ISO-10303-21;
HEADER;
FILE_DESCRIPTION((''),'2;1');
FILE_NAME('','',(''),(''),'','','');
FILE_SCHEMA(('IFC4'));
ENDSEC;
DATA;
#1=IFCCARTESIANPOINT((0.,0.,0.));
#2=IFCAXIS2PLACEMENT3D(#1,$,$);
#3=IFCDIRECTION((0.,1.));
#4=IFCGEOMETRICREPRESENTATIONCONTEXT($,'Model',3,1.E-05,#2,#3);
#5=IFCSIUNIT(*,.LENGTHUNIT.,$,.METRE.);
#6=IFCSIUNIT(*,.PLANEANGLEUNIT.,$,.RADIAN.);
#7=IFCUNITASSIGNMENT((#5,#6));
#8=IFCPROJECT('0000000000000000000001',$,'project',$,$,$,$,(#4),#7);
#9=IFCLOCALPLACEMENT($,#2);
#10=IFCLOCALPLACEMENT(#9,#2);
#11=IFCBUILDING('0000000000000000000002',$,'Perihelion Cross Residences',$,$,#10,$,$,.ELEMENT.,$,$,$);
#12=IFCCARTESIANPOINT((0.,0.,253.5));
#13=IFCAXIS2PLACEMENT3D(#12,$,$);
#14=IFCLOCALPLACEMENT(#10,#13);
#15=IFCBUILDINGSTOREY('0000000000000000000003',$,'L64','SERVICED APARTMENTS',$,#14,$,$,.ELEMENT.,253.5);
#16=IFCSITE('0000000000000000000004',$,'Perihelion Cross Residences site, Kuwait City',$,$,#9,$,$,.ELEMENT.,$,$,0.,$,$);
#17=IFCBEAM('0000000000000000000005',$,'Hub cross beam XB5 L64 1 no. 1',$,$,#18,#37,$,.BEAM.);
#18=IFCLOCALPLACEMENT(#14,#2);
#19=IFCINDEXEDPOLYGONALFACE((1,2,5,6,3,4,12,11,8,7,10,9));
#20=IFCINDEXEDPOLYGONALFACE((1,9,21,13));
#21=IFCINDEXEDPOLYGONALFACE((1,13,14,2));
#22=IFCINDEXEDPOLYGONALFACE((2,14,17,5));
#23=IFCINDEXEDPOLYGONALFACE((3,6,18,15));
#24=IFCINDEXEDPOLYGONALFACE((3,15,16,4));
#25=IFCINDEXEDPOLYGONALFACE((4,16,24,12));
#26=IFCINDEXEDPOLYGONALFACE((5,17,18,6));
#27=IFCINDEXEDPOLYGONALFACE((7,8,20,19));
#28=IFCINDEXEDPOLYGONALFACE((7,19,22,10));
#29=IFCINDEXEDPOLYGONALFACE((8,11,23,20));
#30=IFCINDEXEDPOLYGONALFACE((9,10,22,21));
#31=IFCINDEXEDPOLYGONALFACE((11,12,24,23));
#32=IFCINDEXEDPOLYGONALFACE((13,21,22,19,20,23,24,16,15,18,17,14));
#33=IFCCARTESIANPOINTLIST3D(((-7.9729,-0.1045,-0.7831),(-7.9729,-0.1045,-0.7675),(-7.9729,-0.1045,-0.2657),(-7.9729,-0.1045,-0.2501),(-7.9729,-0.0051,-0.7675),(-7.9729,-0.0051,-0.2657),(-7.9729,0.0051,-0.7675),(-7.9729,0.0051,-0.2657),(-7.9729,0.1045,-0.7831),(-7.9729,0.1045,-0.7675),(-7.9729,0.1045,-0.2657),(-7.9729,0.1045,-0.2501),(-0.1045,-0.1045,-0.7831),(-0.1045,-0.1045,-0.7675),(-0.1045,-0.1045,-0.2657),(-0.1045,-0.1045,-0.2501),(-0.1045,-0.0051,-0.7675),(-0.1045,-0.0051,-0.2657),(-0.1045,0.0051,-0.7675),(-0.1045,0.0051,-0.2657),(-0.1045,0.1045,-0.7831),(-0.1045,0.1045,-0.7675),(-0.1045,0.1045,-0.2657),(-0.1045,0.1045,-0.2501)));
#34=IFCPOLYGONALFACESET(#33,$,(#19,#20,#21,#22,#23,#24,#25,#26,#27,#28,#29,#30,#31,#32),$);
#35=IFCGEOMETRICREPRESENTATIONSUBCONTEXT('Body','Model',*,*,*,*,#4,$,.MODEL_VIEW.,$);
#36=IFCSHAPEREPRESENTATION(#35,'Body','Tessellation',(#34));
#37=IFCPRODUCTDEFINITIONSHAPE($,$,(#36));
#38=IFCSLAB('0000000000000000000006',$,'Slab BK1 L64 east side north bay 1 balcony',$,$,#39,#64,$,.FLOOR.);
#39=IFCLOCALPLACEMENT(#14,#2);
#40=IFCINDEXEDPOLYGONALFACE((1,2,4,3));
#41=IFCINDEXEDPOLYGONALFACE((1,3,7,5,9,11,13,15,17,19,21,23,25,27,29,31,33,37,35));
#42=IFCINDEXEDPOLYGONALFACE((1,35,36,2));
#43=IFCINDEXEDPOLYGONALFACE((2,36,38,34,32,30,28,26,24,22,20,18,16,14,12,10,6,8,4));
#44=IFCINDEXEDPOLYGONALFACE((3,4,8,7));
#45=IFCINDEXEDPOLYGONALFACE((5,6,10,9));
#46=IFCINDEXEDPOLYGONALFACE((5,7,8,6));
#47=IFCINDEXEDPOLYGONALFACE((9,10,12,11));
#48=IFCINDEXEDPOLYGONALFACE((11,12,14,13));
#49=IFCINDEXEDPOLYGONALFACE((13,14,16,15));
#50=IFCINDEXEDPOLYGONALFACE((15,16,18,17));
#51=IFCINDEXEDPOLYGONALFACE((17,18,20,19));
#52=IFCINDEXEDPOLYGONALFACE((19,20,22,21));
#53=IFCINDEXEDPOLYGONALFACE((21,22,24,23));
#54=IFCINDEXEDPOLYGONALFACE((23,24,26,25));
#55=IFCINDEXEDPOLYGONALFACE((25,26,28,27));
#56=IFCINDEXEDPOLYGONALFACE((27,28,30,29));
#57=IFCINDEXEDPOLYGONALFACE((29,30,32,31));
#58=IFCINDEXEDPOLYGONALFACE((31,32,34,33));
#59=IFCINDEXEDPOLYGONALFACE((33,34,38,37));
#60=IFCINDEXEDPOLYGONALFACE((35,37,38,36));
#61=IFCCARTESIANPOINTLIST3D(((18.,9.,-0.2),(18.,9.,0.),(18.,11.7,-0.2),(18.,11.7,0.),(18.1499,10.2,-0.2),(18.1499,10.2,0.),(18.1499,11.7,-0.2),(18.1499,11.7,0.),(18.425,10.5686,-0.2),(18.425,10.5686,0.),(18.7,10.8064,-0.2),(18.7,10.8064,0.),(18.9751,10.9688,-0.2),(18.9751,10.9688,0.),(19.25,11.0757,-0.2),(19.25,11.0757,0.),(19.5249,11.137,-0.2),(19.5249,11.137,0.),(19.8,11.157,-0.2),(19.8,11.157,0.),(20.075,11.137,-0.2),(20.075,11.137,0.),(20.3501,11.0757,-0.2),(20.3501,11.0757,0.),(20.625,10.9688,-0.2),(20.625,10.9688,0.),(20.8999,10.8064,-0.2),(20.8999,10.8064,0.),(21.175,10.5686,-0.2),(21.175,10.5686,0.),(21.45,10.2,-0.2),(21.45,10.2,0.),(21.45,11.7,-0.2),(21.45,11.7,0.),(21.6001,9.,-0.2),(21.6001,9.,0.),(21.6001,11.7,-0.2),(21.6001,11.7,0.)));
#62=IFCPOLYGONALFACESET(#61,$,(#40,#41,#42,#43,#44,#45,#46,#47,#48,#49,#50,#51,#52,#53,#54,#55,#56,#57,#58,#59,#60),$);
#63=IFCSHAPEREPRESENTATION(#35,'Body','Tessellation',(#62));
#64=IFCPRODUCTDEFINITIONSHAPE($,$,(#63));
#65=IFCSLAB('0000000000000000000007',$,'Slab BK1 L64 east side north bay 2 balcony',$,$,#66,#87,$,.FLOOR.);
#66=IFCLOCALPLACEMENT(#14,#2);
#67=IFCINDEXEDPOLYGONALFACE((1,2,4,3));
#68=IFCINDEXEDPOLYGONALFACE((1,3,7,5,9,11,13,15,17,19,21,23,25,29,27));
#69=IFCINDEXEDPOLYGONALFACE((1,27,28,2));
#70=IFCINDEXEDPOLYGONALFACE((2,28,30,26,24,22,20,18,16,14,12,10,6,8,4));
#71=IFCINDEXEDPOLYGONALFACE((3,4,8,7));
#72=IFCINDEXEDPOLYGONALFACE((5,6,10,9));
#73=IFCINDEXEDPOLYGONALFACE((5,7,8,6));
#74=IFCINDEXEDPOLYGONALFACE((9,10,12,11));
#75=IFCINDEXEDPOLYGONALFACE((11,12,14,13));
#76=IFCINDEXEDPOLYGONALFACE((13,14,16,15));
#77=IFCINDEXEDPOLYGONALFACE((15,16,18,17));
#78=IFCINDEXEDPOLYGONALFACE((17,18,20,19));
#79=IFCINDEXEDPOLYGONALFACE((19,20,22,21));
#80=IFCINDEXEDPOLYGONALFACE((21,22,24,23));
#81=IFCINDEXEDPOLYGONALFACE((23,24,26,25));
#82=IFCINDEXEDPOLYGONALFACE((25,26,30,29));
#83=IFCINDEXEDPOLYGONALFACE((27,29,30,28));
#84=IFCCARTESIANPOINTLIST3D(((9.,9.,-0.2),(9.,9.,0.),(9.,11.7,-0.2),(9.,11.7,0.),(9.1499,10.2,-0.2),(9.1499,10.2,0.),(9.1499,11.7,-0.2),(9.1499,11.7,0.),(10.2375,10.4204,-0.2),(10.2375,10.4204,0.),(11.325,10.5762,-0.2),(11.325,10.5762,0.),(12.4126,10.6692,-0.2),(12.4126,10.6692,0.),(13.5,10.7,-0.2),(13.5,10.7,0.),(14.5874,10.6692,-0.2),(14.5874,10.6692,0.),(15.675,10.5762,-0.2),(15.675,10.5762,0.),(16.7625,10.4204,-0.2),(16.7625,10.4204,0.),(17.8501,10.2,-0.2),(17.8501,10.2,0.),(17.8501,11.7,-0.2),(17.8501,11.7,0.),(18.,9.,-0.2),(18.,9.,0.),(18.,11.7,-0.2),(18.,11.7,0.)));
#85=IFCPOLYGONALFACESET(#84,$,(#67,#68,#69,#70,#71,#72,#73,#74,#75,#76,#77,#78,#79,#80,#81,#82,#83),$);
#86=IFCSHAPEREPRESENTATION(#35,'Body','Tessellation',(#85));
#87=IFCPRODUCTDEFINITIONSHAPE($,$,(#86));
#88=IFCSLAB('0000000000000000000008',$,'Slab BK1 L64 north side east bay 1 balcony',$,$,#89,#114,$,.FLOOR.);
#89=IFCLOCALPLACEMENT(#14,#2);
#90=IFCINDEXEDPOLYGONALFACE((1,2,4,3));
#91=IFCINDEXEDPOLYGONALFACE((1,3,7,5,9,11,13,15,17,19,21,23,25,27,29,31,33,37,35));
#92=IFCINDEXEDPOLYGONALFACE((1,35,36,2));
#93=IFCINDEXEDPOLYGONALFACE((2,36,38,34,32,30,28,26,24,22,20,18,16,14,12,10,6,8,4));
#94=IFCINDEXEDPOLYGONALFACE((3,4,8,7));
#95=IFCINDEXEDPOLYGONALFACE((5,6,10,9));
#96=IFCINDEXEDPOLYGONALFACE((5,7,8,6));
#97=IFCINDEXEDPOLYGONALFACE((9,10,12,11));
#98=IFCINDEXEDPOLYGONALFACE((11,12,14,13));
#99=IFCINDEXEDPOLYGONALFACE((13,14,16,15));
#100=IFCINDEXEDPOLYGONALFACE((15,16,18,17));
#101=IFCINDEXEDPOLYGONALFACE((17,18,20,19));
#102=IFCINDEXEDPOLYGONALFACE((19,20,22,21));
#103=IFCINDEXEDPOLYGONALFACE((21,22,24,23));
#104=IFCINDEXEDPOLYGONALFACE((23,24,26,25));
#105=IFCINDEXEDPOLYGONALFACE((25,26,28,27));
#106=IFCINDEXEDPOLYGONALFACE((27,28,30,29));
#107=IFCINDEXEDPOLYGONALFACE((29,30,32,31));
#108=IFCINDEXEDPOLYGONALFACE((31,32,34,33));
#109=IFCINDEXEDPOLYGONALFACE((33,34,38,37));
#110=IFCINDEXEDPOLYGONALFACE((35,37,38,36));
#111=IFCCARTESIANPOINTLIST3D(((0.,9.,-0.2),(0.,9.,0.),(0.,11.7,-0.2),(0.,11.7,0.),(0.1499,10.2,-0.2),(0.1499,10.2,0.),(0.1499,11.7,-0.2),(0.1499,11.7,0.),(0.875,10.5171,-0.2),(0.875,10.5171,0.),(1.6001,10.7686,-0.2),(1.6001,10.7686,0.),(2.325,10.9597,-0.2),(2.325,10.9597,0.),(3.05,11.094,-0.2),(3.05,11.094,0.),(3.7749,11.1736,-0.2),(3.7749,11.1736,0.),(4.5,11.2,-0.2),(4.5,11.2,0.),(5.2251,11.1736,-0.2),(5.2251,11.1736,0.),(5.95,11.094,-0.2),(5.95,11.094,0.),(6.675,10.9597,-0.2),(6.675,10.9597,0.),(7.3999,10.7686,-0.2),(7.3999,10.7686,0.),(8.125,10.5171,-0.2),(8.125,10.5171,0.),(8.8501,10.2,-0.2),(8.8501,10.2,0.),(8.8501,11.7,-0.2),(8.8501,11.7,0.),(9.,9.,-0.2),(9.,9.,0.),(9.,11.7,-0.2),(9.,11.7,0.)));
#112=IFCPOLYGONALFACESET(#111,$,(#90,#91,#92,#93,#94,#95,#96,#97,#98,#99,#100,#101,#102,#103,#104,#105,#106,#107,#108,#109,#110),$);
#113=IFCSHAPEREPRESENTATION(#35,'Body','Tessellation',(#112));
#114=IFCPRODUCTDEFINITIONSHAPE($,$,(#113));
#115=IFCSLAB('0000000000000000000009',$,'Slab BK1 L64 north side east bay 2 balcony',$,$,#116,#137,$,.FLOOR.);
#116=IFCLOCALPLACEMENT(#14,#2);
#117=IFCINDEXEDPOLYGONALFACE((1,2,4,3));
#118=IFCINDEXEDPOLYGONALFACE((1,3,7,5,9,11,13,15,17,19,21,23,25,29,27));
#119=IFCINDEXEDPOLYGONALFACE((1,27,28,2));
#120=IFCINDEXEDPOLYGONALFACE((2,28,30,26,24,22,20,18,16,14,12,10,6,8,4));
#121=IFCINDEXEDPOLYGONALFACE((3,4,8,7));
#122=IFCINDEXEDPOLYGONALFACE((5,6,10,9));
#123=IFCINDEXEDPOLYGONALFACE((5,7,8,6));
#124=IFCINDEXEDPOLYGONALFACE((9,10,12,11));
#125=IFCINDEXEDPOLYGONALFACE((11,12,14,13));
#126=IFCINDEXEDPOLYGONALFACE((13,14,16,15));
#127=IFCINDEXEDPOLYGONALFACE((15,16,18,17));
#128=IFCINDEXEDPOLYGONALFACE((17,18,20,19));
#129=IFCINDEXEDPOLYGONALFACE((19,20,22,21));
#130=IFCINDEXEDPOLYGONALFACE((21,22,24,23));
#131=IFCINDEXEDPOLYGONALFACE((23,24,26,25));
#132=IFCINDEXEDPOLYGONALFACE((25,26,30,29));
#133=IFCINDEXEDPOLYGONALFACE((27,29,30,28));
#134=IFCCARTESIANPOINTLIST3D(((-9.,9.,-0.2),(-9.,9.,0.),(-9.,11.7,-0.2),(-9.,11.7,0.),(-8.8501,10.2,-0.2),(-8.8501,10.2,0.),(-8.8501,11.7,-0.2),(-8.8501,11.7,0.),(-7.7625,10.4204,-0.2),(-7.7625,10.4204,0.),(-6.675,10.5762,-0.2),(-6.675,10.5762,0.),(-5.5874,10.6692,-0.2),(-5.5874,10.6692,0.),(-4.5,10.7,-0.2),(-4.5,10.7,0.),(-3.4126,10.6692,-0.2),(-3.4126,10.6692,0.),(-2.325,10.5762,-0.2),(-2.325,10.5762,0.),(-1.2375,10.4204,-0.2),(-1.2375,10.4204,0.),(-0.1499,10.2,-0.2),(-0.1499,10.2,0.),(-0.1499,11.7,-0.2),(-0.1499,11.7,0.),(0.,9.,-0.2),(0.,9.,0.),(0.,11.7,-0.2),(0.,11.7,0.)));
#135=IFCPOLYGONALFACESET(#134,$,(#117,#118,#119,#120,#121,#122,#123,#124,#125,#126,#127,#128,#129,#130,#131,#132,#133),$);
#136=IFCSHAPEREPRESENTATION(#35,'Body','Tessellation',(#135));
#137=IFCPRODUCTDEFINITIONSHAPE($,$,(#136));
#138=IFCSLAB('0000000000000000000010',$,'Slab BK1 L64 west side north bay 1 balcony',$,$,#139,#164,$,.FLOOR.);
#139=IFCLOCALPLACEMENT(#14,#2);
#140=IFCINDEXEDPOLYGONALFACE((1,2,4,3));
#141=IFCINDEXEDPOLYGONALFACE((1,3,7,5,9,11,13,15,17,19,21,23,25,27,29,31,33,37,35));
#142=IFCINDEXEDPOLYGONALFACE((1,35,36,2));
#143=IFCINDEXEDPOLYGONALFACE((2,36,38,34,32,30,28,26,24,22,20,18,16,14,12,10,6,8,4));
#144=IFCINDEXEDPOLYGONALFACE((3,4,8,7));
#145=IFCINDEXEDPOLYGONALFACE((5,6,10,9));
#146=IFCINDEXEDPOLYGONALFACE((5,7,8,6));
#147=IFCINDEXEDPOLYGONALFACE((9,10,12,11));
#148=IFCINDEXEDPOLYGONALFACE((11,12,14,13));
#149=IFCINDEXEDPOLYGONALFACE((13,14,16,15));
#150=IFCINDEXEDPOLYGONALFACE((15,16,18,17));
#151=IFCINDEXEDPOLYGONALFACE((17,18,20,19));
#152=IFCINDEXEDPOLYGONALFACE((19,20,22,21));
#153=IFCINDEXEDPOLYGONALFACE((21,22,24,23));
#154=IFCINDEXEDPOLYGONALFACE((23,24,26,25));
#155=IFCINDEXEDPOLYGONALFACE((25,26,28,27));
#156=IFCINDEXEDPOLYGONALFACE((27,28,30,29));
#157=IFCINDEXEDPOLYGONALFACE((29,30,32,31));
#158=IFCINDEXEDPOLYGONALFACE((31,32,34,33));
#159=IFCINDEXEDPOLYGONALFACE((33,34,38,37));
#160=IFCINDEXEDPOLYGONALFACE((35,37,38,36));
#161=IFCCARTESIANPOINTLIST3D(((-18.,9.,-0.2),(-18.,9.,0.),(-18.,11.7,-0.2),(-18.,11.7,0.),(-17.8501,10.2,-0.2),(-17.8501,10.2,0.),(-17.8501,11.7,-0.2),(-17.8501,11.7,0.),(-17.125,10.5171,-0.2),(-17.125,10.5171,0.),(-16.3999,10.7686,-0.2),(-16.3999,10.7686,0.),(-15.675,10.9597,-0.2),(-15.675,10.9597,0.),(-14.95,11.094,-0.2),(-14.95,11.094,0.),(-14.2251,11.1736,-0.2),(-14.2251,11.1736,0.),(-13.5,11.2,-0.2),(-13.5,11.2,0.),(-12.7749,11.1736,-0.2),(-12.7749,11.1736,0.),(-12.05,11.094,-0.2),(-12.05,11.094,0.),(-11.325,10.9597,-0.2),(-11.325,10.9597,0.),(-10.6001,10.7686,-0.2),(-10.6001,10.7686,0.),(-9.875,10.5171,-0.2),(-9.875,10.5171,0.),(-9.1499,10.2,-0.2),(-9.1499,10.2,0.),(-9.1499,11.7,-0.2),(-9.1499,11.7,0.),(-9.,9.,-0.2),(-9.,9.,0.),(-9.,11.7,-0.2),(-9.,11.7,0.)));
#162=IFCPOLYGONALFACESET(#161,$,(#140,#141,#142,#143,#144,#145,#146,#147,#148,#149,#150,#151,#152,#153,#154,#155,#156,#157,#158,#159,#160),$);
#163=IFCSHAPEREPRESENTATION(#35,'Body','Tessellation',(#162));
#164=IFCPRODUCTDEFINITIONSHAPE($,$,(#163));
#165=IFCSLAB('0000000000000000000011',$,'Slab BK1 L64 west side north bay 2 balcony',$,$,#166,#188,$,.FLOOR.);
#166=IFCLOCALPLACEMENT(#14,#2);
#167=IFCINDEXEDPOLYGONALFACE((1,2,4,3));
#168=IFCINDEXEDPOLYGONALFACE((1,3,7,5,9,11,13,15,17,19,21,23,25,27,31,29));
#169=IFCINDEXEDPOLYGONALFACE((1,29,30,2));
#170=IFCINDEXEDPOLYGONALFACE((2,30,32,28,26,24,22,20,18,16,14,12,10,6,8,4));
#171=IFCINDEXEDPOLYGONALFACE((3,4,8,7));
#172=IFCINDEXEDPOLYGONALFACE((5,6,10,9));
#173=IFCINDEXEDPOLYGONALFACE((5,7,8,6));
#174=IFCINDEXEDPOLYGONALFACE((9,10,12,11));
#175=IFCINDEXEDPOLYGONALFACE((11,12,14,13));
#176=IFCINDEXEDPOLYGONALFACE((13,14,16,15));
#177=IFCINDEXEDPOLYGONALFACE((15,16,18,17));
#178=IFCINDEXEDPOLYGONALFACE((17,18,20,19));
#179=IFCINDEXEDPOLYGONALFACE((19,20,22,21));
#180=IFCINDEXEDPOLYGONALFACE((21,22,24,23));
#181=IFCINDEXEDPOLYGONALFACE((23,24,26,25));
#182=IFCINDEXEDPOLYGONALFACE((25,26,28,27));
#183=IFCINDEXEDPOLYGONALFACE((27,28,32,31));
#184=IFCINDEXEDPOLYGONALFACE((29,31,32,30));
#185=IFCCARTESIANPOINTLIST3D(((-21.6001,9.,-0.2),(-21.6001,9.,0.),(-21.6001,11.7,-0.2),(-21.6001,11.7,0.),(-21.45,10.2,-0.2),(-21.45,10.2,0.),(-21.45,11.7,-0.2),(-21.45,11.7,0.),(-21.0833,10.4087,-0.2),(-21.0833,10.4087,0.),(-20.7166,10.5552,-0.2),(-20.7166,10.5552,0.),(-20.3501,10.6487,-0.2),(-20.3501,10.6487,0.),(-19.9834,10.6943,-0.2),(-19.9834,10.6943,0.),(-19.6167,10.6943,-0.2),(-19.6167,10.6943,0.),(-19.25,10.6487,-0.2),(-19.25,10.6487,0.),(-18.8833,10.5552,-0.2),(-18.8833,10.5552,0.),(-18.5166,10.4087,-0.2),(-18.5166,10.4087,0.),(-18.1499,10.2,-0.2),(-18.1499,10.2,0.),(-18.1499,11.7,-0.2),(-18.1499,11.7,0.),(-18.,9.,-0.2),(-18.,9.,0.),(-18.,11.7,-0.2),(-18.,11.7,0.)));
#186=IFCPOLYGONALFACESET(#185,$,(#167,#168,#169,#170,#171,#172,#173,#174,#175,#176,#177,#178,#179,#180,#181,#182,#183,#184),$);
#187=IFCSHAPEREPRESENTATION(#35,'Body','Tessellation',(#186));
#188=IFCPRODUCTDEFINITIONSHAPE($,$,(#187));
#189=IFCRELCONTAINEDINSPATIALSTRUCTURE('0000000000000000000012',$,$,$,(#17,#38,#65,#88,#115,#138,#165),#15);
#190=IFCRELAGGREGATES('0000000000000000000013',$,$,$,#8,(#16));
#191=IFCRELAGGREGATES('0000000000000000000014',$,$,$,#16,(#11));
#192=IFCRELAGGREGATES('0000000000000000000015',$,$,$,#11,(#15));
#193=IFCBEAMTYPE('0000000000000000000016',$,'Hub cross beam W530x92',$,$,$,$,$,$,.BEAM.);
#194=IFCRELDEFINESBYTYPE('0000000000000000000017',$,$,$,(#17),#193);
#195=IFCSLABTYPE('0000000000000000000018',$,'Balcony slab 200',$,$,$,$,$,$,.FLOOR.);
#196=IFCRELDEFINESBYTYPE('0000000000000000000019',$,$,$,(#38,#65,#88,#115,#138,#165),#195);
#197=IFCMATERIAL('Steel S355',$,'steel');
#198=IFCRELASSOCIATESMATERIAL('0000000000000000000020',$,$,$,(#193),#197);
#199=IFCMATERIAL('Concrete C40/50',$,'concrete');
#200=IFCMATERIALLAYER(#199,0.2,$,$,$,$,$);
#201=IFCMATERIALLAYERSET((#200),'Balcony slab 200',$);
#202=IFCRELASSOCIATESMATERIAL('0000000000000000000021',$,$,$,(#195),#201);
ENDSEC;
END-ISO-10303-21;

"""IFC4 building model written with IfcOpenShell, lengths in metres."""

from ifc_helpers import new_model, si_unit, direction, frame, origin, origin_2d, place, context, subcontext, project, spatial, polyline, i_section, outline, extrude, material, layer, layer_set, material_profile, profile_set, type_object, element, save


model = new_model("IFC4")

# Units and contexts
model_context = context("Model", 3, precision=1e-05, world=origin(), true_north=direction((0.0, 1.0)))
body_context = subcontext(model_context, "Body", "Model", "MODEL_VIEW")
ifc_project = project(units=[si_unit("LENGTHUNIT", "METRE"), si_unit("PLANEANGLEUNIT", "RADIAN")], contexts=[model_context])

# Site, building, storey
site_placement = place(None, origin())
site = spatial("IfcSite", under=ifc_project, at=site_placement, Name="Perihelion Cross Residences site, Kuwait City", CompositionType="ELEMENT", RefElevation=0.0)
building_placement = place(site_placement, origin())
building = spatial("IfcBuilding", under=site, at=building_placement, Name="Perihelion Cross Residences", CompositionType="ELEMENT")
storey_placement = place(building_placement, frame((0.0, 0.0, 253.5)))
storey = spatial("IfcBuildingStorey", under=building, at=storey_placement, Name="L64", Description="SERVICED APARTMENTS", CompositionType="ELEMENT", Elevation=253.5)

# Beam
ifc_material_1 = material(Name="Steel S355", Category="steel")
ifc_material_profile = material_profile(ifc_material_1, i_section(OverallWidth=0.209, OverallDepth=0.533, WebThickness=0.0103, FlangeThickness=0.0156, at=origin_2d()), Name="W530x92")
ifc_profile_set = profile_set([ifc_material_profile], Name="Steel S355")
beam_type = type_object("IfcBeamType", Name="Hub cross beam W530x92", PredefinedType="BEAM", material=ifc_profile_set)
beam_placement = place(storey_placement, frame((-7.9729, 0.0, -0.5166), z_axis=(1.0, 0.0, 0.0), x_axis=(0.0, 1.0, 0.0)))
element("IfcBeam", 1, at=beam_placement, inside=storey, type_object=beam_type, Name="Hub cross beam XB5 L64 1 no. 1", PredefinedType="BEAM", context=body_context, shape_type="SweptSolid", body=[
    extrude(i_section(OverallWidth=0.209, OverallDepth=0.533, WebThickness=0.0103, FlangeThickness=0.0156, at=origin_2d()), origin(), (0.0, 0.0, 1.0), 7.8684),
])

# Slabs
ifc_material_2 = material(Name="Concrete C40/50", Category="concrete")
ifc_layer_1 = layer(ifc_material_2, 0.2)
ifc_layer_set_1 = layer_set([ifc_layer_1], Name="Balcony slab 200")
slab_type_1 = type_object("IfcSlabType", Name="Balcony slab 200", PredefinedType="FLOOR", material=ifc_layer_set_1)
slab_1_placement = place(storey_placement, frame((0.0, 0.0, -0.2)))
element("IfcSlab", 2, at=slab_1_placement, inside=storey, type_object=slab_type_1, Name="Slab BK1 L64 east side north bay 1 balcony", PredefinedType="FLOOR", context=body_context, shape_type="SweptSolid", body=[
    extrude(outline(polyline([(21.6001, 9.0), (18.0, 9.0), (18.0, 11.7), (18.1499, 11.7), (18.1499, 10.2), (18.425, 10.5686), (18.7, 10.8064), (18.9751, 10.9688), (19.25, 11.0757), (19.5249, 11.137), (19.8, 11.157), (20.075, 11.137), (20.3501, 11.0757), (20.625, 10.9688), (20.8999, 10.8064), (21.175, 10.5686), (21.45, 10.2), (21.45, 11.7), (21.6001, 11.7), (21.6001, 9.0)])), origin(), (0.0, 0.0, 1.0), 0.2),
])
slab_2_placement = place(storey_placement, frame((0.0, 0.0, -0.2)))
element("IfcSlab", 3, at=slab_2_placement, inside=storey, type_object=slab_type_1, Name="Slab BK1 L64 east side north bay 2 balcony", PredefinedType="FLOOR", context=body_context, shape_type="SweptSolid", body=[
    extrude(outline(polyline([(18.0, 9.0), (9.0, 9.0), (9.0, 11.7), (9.1499, 11.7), (9.1499, 10.2), (10.2375, 10.4204), (11.325, 10.5762), (12.4126, 10.6692), (13.5, 10.7), (14.5874, 10.6692), (15.675, 10.5762), (16.7625, 10.4204), (17.8501, 10.2), (17.8501, 11.7), (18.0, 11.7), (18.0, 9.0)])), origin(), (0.0, 0.0, 1.0), 0.2),
])
slab_3_placement = place(storey_placement, frame((0.0, 0.0, -0.2)))
element("IfcSlab", 4, at=slab_3_placement, inside=storey, type_object=slab_type_1, Name="Slab BK1 L64 north side east bay 1 balcony", PredefinedType="FLOOR", context=body_context, shape_type="SweptSolid", body=[
    extrude(outline(polyline([(9.0, 9.0), (0.0, 9.0), (0.0, 11.7), (0.1499, 11.7), (0.1499, 10.2), (0.875, 10.5171), (1.6001, 10.7686), (2.325, 10.9597), (3.05, 11.094), (3.7749, 11.1736), (4.5, 11.2), (5.2251, 11.1736), (5.95, 11.094), (6.675, 10.9597), (7.3999, 10.7686), (8.125, 10.5171), (8.8501, 10.2), (8.8501, 11.7), (9.0, 11.7), (9.0, 9.0)])), origin(), (0.0, 0.0, 1.0), 0.2),
])
slab_4_placement = place(storey_placement, frame((0.0, 0.0, -0.2)))
element("IfcSlab", 5, at=slab_4_placement, inside=storey, type_object=slab_type_1, Name="Slab BK1 L64 north side east bay 2 balcony", PredefinedType="FLOOR", context=body_context, shape_type="SweptSolid", body=[
    extrude(outline(polyline([(0.0, 9.0), (-9.0, 9.0), (-9.0, 11.7), (-8.8501, 11.7), (-8.8501, 10.2), (-7.7625, 10.4204), (-6.675, 10.5762), (-5.5874, 10.6692), (-4.5, 10.7), (-3.4126, 10.6692), (-2.325, 10.5762), (-1.2375, 10.4204), (-0.1499, 10.2), (-0.1499, 11.7), (0.0, 11.7), (0.0, 9.0)])), origin(), (0.0, 0.0, 1.0), 0.2),
])
slab_5_placement = place(storey_placement, frame((0.0, 0.0, -0.2)))
element("IfcSlab", 6, at=slab_5_placement, inside=storey, type_object=slab_type_1, Name="Slab BK1 L64 west side north bay 1 balcony", PredefinedType="FLOOR", context=body_context, shape_type="SweptSolid", body=[
    extrude(outline(polyline([(-9.0, 9.0), (-18.0, 9.0), (-18.0, 11.7), (-17.8501, 11.7), (-17.8501, 10.2), (-17.125, 10.5171), (-16.3999, 10.7686), (-15.675, 10.9597), (-14.95, 11.094), (-14.2251, 11.1736), (-13.5, 11.2), (-12.7749, 11.1736), (-12.05, 11.094), (-11.325, 10.9597), (-10.6001, 10.7686), (-9.875, 10.5171), (-9.1499, 10.2), (-9.1499, 11.7), (-9.0, 11.7), (-9.0, 9.0)])), origin(), (0.0, 0.0, 1.0), 0.2),
])
slab_6_placement = place(storey_placement, frame((0.0, 0.0, -0.2)))
element("IfcSlab", 7, at=slab_6_placement, inside=storey, type_object=slab_type_1, Name="Slab BK1 L64 west side north bay 2 balcony", PredefinedType="FLOOR", context=body_context, shape_type="SweptSolid", body=[
    extrude(outline(polyline([(-18.0, 9.0), (-21.6001, 9.0), (-21.6001, 11.7), (-21.45, 11.7), (-21.45, 10.2), (-21.0833, 10.4087), (-20.7166, 10.5552), (-20.3501, 10.6487), (-19.9834, 10.6943), (-19.6167, 10.6943), (-19.25, 10.6487), (-18.8833, 10.5552), (-18.5166, 10.4087), (-18.1499, 10.2), (-18.1499, 11.7), (-18.0, 11.7), (-18.0, 9.0)])), origin(), (0.0, 0.0, 1.0), 0.2),
])

save(model, "model.ifc")
